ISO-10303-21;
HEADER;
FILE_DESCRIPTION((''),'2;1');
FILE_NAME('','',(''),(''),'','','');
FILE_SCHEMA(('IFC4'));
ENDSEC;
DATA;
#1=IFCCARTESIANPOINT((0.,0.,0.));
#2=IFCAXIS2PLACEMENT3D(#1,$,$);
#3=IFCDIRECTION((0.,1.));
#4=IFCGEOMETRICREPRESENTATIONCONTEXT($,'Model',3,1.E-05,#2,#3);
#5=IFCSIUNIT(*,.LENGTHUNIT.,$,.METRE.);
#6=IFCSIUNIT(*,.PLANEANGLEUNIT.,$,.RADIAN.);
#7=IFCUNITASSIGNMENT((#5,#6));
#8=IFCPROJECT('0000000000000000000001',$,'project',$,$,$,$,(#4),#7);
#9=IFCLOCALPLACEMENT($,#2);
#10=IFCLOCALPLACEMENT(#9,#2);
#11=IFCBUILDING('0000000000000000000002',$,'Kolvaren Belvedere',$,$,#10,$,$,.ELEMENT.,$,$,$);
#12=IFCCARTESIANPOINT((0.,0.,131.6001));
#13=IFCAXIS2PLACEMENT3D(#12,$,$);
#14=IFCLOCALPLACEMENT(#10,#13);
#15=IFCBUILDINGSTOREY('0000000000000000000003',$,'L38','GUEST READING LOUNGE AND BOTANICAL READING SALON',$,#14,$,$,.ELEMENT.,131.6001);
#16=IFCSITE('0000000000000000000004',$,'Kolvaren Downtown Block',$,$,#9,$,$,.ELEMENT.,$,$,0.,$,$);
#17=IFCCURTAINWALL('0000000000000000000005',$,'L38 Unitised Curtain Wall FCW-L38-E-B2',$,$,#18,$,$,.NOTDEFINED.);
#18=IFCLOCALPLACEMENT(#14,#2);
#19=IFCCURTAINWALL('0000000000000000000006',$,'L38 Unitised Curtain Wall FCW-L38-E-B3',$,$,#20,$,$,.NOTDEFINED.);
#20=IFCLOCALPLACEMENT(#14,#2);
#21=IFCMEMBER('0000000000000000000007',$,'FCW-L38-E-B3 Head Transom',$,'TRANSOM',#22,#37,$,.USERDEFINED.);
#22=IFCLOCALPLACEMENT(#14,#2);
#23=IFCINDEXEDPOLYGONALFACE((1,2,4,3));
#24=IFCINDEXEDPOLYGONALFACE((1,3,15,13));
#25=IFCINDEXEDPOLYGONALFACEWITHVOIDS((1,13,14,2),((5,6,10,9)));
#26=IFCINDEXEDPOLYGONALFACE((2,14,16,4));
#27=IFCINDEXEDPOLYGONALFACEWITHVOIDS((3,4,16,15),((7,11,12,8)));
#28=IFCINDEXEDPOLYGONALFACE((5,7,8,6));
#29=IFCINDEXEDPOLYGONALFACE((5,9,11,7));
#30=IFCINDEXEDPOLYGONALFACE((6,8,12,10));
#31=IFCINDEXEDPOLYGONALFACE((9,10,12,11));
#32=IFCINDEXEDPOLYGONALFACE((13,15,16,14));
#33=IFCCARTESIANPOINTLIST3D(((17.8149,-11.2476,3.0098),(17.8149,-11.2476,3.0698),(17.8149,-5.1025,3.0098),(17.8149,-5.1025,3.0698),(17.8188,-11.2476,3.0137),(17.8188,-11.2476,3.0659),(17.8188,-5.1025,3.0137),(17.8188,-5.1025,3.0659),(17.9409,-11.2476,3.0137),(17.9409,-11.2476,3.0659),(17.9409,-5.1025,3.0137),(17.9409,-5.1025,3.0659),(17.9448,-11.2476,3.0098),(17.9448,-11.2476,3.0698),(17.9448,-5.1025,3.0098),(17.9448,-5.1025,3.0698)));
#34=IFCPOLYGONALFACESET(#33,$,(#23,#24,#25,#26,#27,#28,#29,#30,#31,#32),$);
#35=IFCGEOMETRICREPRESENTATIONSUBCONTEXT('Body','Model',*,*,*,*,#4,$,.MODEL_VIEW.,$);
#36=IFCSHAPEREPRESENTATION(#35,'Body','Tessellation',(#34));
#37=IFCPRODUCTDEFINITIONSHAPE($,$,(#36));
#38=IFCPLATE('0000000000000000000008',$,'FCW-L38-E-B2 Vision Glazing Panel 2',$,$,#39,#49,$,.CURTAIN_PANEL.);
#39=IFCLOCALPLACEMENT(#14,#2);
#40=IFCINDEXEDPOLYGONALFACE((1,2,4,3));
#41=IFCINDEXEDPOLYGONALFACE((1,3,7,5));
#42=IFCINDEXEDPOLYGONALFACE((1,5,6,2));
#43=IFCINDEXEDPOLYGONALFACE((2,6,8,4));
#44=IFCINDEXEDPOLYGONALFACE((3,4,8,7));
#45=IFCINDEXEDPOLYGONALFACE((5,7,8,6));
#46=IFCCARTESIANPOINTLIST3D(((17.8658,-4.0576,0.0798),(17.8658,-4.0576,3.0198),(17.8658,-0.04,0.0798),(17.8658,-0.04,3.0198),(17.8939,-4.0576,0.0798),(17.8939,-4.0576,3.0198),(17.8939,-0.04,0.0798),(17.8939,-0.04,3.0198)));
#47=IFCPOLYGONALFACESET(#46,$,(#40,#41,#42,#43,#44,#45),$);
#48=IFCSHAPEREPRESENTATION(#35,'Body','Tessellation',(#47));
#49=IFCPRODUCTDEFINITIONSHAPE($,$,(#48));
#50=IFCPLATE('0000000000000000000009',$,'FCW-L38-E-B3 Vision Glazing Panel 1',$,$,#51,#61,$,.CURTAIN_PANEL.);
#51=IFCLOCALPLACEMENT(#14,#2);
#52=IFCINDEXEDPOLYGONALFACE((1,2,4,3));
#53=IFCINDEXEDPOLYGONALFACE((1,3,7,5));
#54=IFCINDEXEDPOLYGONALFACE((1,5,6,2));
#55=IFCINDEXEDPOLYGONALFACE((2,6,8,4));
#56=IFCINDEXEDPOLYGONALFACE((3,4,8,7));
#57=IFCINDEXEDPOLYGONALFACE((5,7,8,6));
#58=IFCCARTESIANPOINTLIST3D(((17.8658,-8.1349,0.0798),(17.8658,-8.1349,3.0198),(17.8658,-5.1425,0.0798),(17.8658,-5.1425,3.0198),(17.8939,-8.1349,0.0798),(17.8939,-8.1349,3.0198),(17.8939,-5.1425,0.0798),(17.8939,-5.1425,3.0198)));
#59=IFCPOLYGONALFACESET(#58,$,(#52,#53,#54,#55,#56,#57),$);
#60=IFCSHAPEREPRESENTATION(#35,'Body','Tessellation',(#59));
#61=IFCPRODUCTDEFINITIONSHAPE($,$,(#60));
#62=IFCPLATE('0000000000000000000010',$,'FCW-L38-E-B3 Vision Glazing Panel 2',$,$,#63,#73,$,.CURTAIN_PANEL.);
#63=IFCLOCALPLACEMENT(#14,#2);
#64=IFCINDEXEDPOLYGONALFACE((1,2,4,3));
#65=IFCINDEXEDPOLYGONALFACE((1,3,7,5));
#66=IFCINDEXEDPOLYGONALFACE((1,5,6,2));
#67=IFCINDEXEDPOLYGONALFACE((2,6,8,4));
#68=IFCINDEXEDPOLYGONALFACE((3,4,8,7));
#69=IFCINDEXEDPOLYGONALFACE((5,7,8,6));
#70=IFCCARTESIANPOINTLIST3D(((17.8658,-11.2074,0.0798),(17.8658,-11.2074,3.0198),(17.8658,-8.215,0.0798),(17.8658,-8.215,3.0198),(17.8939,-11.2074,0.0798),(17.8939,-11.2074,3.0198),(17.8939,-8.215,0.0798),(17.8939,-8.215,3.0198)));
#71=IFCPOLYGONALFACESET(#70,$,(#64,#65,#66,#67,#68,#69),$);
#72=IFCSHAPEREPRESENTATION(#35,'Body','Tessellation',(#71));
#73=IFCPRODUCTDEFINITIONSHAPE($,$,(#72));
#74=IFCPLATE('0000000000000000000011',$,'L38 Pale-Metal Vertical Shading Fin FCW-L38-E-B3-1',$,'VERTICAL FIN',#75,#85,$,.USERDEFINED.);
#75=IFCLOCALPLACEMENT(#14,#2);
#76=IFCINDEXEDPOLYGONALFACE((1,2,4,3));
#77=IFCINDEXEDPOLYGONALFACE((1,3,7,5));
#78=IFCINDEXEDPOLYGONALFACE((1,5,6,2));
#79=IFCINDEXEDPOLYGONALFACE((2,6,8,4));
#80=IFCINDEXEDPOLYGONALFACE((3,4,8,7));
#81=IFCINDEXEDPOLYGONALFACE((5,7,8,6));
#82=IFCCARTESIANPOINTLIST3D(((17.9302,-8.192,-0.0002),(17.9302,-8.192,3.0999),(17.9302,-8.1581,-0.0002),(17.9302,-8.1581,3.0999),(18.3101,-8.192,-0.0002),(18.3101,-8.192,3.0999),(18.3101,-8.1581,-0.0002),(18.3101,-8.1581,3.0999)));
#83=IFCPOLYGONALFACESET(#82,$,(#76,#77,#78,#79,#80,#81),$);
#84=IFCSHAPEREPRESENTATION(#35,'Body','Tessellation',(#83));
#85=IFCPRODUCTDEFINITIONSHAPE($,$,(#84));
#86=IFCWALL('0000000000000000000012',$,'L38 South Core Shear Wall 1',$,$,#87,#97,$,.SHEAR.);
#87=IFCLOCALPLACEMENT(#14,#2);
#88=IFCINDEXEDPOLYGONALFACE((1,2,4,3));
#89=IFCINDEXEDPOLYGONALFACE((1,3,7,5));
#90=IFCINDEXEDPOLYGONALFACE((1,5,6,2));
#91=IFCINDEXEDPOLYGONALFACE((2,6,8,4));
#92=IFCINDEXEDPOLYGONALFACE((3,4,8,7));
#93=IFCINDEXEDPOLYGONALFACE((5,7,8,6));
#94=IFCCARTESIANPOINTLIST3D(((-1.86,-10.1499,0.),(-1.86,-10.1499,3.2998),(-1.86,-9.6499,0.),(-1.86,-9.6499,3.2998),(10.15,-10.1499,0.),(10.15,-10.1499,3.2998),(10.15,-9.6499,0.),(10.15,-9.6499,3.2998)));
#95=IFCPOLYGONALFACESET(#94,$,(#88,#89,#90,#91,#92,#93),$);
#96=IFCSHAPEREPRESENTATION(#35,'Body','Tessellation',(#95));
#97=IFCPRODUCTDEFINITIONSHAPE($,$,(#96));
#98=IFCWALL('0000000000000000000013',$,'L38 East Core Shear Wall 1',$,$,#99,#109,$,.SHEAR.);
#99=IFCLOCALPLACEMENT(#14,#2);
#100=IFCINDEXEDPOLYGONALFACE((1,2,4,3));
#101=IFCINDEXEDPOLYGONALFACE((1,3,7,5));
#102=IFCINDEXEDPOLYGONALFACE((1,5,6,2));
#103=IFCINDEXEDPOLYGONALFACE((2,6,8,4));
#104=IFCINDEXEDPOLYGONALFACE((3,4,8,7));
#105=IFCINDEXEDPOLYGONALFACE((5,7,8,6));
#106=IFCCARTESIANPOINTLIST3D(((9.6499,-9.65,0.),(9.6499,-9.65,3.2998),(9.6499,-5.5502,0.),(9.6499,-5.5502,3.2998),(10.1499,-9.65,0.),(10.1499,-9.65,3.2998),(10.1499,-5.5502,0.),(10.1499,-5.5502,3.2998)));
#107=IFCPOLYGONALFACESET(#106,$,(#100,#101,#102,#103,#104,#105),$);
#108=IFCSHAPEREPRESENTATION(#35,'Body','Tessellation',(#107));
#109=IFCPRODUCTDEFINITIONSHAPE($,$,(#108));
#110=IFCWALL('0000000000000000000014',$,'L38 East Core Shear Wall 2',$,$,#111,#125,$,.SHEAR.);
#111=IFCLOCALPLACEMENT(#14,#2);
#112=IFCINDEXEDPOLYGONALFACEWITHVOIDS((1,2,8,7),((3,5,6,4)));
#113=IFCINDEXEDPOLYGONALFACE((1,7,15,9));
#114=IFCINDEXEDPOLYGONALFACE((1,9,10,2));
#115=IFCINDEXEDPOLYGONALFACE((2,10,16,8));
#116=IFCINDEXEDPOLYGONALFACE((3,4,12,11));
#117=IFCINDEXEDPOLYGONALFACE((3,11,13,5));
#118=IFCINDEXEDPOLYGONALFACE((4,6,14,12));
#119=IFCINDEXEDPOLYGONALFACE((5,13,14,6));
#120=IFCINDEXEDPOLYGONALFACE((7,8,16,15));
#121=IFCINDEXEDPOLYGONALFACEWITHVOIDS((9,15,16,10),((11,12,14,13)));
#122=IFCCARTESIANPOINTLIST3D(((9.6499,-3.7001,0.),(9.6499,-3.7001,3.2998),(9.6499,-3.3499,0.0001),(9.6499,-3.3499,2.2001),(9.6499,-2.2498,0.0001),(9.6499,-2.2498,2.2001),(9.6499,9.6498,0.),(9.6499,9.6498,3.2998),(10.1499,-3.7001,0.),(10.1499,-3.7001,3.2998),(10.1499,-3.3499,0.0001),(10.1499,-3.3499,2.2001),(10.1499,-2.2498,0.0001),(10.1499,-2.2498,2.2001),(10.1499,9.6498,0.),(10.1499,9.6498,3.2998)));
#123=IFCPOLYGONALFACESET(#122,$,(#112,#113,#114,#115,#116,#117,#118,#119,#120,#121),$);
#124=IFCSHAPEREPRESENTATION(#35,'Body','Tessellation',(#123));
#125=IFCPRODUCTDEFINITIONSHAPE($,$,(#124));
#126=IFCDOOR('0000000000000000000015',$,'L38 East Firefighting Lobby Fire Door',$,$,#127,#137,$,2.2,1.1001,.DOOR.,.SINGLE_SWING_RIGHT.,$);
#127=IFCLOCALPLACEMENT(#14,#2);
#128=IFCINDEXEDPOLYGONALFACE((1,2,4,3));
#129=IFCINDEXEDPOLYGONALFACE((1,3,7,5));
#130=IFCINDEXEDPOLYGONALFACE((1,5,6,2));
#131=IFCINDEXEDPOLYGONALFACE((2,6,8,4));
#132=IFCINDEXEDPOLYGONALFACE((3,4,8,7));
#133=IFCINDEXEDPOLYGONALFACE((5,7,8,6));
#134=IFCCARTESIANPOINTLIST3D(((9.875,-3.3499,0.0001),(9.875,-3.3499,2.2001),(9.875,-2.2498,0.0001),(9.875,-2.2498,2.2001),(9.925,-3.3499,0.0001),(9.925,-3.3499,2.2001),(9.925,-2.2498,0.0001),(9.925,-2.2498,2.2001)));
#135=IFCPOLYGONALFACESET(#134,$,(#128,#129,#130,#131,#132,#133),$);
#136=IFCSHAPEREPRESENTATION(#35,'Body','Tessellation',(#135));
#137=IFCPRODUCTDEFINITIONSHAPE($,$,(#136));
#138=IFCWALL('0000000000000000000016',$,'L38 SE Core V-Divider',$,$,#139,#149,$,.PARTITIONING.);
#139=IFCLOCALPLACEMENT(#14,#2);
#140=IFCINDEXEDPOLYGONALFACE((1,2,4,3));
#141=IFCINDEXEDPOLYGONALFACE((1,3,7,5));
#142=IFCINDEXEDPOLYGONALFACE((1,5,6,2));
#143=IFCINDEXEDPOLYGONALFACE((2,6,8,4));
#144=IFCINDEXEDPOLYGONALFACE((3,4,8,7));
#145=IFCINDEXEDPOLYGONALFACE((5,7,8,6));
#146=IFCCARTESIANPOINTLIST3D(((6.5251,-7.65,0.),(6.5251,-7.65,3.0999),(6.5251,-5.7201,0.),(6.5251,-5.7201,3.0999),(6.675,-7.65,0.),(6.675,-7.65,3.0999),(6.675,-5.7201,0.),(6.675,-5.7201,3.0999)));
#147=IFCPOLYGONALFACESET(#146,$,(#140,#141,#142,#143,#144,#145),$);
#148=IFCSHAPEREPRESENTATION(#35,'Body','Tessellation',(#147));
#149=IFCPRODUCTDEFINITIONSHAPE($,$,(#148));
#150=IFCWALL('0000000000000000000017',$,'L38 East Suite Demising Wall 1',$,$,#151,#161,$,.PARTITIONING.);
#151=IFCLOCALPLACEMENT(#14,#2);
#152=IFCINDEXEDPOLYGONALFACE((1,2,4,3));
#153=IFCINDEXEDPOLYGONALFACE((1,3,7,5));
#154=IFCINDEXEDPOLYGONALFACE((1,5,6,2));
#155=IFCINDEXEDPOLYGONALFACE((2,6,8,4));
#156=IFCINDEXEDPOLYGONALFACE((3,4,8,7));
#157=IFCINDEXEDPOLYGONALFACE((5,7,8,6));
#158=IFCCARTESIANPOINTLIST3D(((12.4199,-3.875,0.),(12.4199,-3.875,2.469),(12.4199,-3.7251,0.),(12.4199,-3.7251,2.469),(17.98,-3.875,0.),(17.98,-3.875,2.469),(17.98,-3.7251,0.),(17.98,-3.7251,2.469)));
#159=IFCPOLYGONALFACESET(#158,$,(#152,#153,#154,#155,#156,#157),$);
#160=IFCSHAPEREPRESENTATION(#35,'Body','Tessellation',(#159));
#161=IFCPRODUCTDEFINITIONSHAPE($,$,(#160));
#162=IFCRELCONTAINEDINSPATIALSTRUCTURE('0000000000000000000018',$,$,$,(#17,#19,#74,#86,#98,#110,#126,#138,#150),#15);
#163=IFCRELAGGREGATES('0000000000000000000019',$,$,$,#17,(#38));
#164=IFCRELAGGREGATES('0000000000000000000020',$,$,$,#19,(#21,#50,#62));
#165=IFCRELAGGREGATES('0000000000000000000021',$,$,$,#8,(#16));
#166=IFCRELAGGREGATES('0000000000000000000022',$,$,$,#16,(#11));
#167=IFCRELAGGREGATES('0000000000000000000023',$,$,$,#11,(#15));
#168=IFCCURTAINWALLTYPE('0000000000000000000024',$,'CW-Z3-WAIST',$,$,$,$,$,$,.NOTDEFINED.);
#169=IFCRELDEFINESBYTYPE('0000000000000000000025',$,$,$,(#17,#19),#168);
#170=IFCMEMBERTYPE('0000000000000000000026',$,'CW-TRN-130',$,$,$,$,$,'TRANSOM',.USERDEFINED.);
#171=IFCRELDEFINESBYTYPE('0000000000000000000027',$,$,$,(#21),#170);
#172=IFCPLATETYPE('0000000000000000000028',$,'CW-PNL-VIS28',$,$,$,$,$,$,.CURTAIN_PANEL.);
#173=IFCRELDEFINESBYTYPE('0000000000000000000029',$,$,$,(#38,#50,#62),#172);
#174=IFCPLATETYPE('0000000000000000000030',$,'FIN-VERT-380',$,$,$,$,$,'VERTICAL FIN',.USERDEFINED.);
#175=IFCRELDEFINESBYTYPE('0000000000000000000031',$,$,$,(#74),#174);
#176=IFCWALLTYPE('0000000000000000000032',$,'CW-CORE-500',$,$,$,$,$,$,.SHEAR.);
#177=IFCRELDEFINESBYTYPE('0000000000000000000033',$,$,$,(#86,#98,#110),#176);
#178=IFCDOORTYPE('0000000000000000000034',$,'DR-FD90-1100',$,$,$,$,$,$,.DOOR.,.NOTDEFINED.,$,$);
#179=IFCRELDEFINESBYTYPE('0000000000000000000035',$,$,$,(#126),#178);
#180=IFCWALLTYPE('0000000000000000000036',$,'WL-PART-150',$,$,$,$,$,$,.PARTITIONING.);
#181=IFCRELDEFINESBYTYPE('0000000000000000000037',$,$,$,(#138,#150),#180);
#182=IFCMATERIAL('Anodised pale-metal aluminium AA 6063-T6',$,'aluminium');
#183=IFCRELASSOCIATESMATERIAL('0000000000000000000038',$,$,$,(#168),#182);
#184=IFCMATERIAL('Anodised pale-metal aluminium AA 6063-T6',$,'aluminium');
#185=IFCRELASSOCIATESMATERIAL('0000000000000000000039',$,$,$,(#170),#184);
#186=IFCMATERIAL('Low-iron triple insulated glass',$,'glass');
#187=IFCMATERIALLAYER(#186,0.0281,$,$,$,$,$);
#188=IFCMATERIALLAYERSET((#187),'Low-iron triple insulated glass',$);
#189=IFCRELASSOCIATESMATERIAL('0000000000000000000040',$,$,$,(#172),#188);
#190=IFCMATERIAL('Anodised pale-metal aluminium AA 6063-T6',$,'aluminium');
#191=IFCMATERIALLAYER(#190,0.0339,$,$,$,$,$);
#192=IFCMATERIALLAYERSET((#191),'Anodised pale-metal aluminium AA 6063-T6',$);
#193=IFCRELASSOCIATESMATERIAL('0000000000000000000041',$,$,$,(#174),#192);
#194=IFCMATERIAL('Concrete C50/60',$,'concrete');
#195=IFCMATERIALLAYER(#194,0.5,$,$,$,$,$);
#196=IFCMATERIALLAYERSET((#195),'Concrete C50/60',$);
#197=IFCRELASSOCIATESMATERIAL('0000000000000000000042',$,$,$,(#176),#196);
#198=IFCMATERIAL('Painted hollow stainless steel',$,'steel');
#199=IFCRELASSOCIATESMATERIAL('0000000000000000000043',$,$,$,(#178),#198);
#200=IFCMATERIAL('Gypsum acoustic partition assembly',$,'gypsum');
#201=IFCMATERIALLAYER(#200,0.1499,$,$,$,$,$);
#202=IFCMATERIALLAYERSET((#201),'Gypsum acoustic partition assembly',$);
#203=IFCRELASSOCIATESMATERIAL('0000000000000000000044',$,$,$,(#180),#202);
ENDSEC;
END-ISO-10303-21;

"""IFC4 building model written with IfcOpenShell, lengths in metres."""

from ifc_helpers import new_model, si_unit, direction, frame, frame_2d, origin, origin_2d, place, context, subcontext, project, spatial, rectangle, hollow_rectangle, extrude, material, layer, layer_set, material_profile, profile_set, type_object, element, fill, aggregate, save


model = new_model("IFC4")

# Units and contexts
model_context = context("Model", 3, precision=1e-05, world=origin(), true_north=direction((0.0, 1.0)))
body_context = subcontext(model_context, "Body", "Model", "MODEL_VIEW")
ifc_project = project(units=[si_unit("LENGTHUNIT", "METRE"), si_unit("PLANEANGLEUNIT", "RADIAN")], contexts=[model_context])

# Site, building, storey
site_placement = place(None, origin())
site = spatial("IfcSite", under=ifc_project, at=site_placement, Name="Kolvaren Downtown Block", CompositionType="ELEMENT", RefElevation=0.0)
building_placement = place(site_placement, origin())
building = spatial("IfcBuilding", under=site, at=building_placement, Name="Kolvaren Belvedere", CompositionType="ELEMENT")
storey_placement = place(building_placement, frame((0.0, 0.0, 131.6001)))
storey = spatial("IfcBuildingStorey", under=building, at=storey_placement, Name="L38", Description="GUEST READING LOUNGE AND BOTANICAL READING SALON", CompositionType="ELEMENT", Elevation=131.6001)

# Curtain wall
ifc_material_1 = material(Name="Anodised pale-metal aluminium AA 6063-T6", Category="aluminium")
curtain_wall_type = type_object("IfcCurtainWallType", Name="CW-Z3-WAIST", PredefinedType="NOTDEFINED", material=ifc_material_1)
curtain_wall_1_placement = place(storey_placement, origin())
curtain_wall_1 = element("IfcCurtainWall", 1, at=curtain_wall_1_placement, inside=storey, type_object=curtain_wall_type, Name="L38 Unitised Curtain Wall FCW-L38-E-B2", PredefinedType="NOTDEFINED")

# Curtain wall, member
curtain_wall_2_placement = place(storey_placement, origin())
curtain_wall_2 = element("IfcCurtainWall", 2, at=curtain_wall_2_placement, inside=storey, type_object=curtain_wall_type, Name="L38 Unitised Curtain Wall FCW-L38-E-B3", PredefinedType="NOTDEFINED")
ifc_material_2 = material(Name="Anodised pale-metal aluminium AA 6063-T6", Category="aluminium")
ifc_material_profile_1 = material_profile(ifc_material_2, hollow_rectangle(XDim=0.0601, YDim=0.1299, WallThickness=0.0039, at=origin_2d()), Name="ALU-TRN-130X60")
ifc_profile_set_1 = profile_set([ifc_material_profile_1], Name="Anodised pale-metal aluminium AA 6063-T6")
member_type_1 = type_object("IfcMemberType", Name="CW-TRN-130", ElementType="TRANSOM", PredefinedType="USERDEFINED", material=ifc_profile_set_1)
member_1_placement = place(storey_placement, frame((17.8799, -5.1025, 3.0398), z_axis=(0.0, -1.0, 0.0), x_axis=(0.0, 0.0, 1.0)))
member_1 = element("IfcMember", 3, at=member_1_placement, type_object=member_type_1, Name="FCW-L38-E-B3 Head Transom", ObjectType="TRANSOM", PredefinedType="USERDEFINED", context=body_context, shape_type="SweptSolid", body=[
    extrude(hollow_rectangle(XDim=0.0601, YDim=0.1299, WallThickness=0.0039, at=origin_2d()), origin(), (0.0, 0.0, 1.0), 6.145),
])

# Plates
ifc_material_3 = material(Name="Low-iron triple insulated glass", Category="glass")
ifc_layer_1 = layer(ifc_material_3, 0.0281)
ifc_layer_set_1 = layer_set([ifc_layer_1], Name="Low-iron triple insulated glass")
plate_type_1 = type_object("IfcPlateType", Name="CW-PNL-VIS28", PredefinedType="CURTAIN_PANEL", material=ifc_layer_set_1)
plate_1_placement = place(storey_placement, frame((17.8799, -2.0488, 0.0798), z_axis=(0.0, 0.0, 1.0), x_axis=(0.0, -1.0, 0.0)))
plate_1 = element("IfcPlate", 4, at=plate_1_placement, type_object=plate_type_1, Name="FCW-L38-E-B2 Vision Glazing Panel 2", PredefinedType="CURTAIN_PANEL", context=body_context, shape_type="SweptSolid", body=[
    extrude(rectangle(XDim=4.0176, YDim=0.0281, at=origin_2d()), origin(), (0.0, 0.0, 1.0), 2.9399),
])
aggregate(curtain_wall_1, [plate_1])
plate_2_placement = place(storey_placement, frame((17.8799, -6.6387, 0.0798), z_axis=(0.0, 0.0, 1.0), x_axis=(0.0, -1.0, 0.0)))
plate_2 = element("IfcPlate", 5, at=plate_2_placement, type_object=plate_type_1, Name="FCW-L38-E-B3 Vision Glazing Panel 1", PredefinedType="CURTAIN_PANEL", context=body_context, shape_type="SweptSolid", body=[
    extrude(rectangle(XDim=2.9924, YDim=0.0281, at=origin_2d()), origin(), (0.0, 0.0, 1.0), 2.9399),
])
plate_3_placement = place(storey_placement, frame((17.8799, -9.7112, 0.0798), z_axis=(0.0, 0.0, 1.0), x_axis=(0.0, -1.0, 0.0)))
plate_3 = element("IfcPlate", 6, at=plate_3_placement, type_object=plate_type_1, Name="FCW-L38-E-B3 Vision Glazing Panel 2", PredefinedType="CURTAIN_PANEL", context=body_context, shape_type="SweptSolid", body=[
    extrude(rectangle(XDim=2.9924, YDim=0.0281, at=origin_2d()), origin(), (0.0, 0.0, 1.0), 2.9399),
])
aggregate(curtain_wall_2, [member_1, plate_2, plate_3])
ifc_material_4 = material(Name="Anodised pale-metal aluminium AA 6063-T6", Category="aluminium")
ifc_layer_2 = layer(ifc_material_4, 0.0339)
ifc_layer_set_2 = layer_set([ifc_layer_2], Name="Anodised pale-metal aluminium AA 6063-T6")
plate_type_2 = type_object("IfcPlateType", Name="FIN-VERT-380", ElementType="VERTICAL FIN", PredefinedType="USERDEFINED", material=ifc_layer_set_2)
plate_4_placement = place(storey_placement, frame((18.1201, -8.175, -0.0002), z_axis=(0.0, 0.0, 1.0), x_axis=(1.0, 0.0, 0.0)))
element("IfcPlate", 7, at=plate_4_placement, inside=storey, type_object=plate_type_2, Name="L38 Pale-Metal Vertical Shading Fin FCW-L38-E-B3-1", ObjectType="VERTICAL FIN", PredefinedType="USERDEFINED", context=body_context, shape_type="SweptSolid", body=[
    extrude(rectangle(XDim=0.3799, YDim=0.0339, at=origin_2d()), origin(), (0.0, 0.0, 1.0), 3.1001),
])

# Walls
ifc_material_5 = material(Name="Concrete C50/60", Category="concrete")
ifc_layer_3 = layer(ifc_material_5, 0.5)
ifc_layer_set_3 = layer_set([ifc_layer_3], Name="Concrete C50/60")
wall_type_1 = type_object("IfcWallType", Name="CW-CORE-500", PredefinedType="SHEAR", material=ifc_layer_set_3)
wall_1_placement = place(storey_placement, frame((10.1499, -9.8999, 0.0), z_axis=(0.0, 0.0, 1.0), x_axis=(-1.0, 0.0, 0.0)))
element("IfcWall", 8, at=wall_1_placement, inside=storey, type_object=wall_type_1, Name="L38 South Core Shear Wall 1", PredefinedType="SHEAR", context=body_context, shape_type="SweptSolid", body=[
    extrude(rectangle(XDim=12.01, YDim=0.5, at=frame_2d((6.0049, 0.0))), origin(), (0.0, 0.0, 1.0), 3.2998),
])
wall_2_placement = place(storey_placement, frame((9.8999, -9.6499, 0.0), z_axis=(0.0, 0.0, 1.0), x_axis=(0.0, 1.0, 0.0)))
element("IfcWall", 9, at=wall_2_placement, inside=storey, type_object=wall_type_1, Name="L38 East Core Shear Wall 1", PredefinedType="SHEAR", context=body_context, shape_type="SweptSolid", body=[
    extrude(rectangle(XDim=4.0999, YDim=0.5, at=frame_2d((2.0498, 0.0))), origin(), (0.0, 0.0, 1.0), 3.2998),
])

# Wall, opening, door
wall_3_placement = place(storey_placement, frame((9.8999, -3.7, 0.0), z_axis=(0.0, 0.0, 1.0), x_axis=(0.0, 1.0, 0.0)))
wall_3 = element("IfcWall", 10, at=wall_3_placement, inside=storey, type_object=wall_type_1, Name="L38 East Core Shear Wall 2", PredefinedType="SHEAR", context=body_context, shape_type="SweptSolid", body=[
    extrude(rectangle(XDim=13.3499, YDim=0.5, at=frame_2d((6.6748, 0.0))), origin(), (0.0, 0.0, 1.0), 3.2998),
])
opening_1_placement = place(wall_3_placement, frame((0.3501, 0.0, 0.0)))
opening_1 = element("IfcOpeningElement", 11, at=opening_1_placement, cuts=wall_3, PredefinedType="OPENING", context=body_context, shape_type="SweptSolid", body=[
    extrude(rectangle(XDim=1.1001, YDim=2.2, at=frame_2d((0.55, 1.1001))), frame((0.0, 0.26, 0.0), z_axis=(0.0, -1.0, 0.0), x_axis=(1.0, 0.0, 0.0)), (0.0, 0.0, 1.0), 0.52),
])
ifc_material_6 = material(Name="Painted hollow stainless steel", Category="steel")
door_type_1 = type_object("IfcDoorType", Name="DR-FD90-1100", OperationType="NOTDEFINED", PredefinedType="DOOR", material=ifc_material_6)
door_1_placement = place(opening_1_placement, origin())
door_1 = element("IfcDoor", 12, at=door_1_placement, inside=storey, type_object=door_type_1, Name="L38 East Firefighting Lobby Fire Door", OperationType="SINGLE_SWING_RIGHT", OverallHeight=2.2, OverallWidth=1.1001, PredefinedType="DOOR", context=body_context, shape_type="SweptSolid", body=[
    extrude(rectangle(XDim=1.1001, YDim=2.2, at=frame_2d((0.55, 1.1001))), frame((0.0, 0.0249, 0.0), z_axis=(0.0, -1.0, 0.0), x_axis=(1.0, 0.0, 0.0)), (0.0, 0.0, 1.0), 0.05),
])
fill(opening_1, door_1)

# Walls
ifc_material_7 = material(Name="Gypsum acoustic partition assembly", Category="gypsum")
ifc_layer_4 = layer(ifc_material_7, 0.1499)
ifc_layer_set_4 = layer_set([ifc_layer_4], Name="Gypsum acoustic partition assembly")
wall_type_2 = type_object("IfcWallType", Name="WL-PART-150", PredefinedType="PARTITIONING", material=ifc_layer_set_4)
wall_4_placement = place(storey_placement, frame((6.6001, -7.6499, 0.0), z_axis=(0.0, 0.0, 1.0), x_axis=(0.0, 1.0, 0.0)))
element("IfcWall", 13, at=wall_4_placement, inside=storey, type_object=wall_type_2, Name="L38 SE Core V-Divider", PredefinedType="PARTITIONING", context=body_context, shape_type="SweptSolid", body=[
    extrude(rectangle(XDim=1.9299, YDim=0.1499, at=frame_2d((0.9648, 0.0))), origin(), (0.0, 0.0, 1.0), 3.0999),
])
wall_5_placement = place(storey_placement, frame((12.4199, -3.8, 0.0), z_axis=(0.0, 0.0, 1.0), x_axis=(1.0, 0.0, 0.0)))
element("IfcWall", 14, at=wall_5_placement, inside=storey, type_object=wall_type_2, Name="L38 East Suite Demising Wall 1", PredefinedType="PARTITIONING", context=body_context, shape_type="SweptSolid", body=[
    extrude(rectangle(XDim=5.5601, YDim=0.1499, at=frame_2d((2.78, 0.0))), origin(), (0.0, 0.0, 1.0), 2.469),
])

save(model, "model.ifc")
